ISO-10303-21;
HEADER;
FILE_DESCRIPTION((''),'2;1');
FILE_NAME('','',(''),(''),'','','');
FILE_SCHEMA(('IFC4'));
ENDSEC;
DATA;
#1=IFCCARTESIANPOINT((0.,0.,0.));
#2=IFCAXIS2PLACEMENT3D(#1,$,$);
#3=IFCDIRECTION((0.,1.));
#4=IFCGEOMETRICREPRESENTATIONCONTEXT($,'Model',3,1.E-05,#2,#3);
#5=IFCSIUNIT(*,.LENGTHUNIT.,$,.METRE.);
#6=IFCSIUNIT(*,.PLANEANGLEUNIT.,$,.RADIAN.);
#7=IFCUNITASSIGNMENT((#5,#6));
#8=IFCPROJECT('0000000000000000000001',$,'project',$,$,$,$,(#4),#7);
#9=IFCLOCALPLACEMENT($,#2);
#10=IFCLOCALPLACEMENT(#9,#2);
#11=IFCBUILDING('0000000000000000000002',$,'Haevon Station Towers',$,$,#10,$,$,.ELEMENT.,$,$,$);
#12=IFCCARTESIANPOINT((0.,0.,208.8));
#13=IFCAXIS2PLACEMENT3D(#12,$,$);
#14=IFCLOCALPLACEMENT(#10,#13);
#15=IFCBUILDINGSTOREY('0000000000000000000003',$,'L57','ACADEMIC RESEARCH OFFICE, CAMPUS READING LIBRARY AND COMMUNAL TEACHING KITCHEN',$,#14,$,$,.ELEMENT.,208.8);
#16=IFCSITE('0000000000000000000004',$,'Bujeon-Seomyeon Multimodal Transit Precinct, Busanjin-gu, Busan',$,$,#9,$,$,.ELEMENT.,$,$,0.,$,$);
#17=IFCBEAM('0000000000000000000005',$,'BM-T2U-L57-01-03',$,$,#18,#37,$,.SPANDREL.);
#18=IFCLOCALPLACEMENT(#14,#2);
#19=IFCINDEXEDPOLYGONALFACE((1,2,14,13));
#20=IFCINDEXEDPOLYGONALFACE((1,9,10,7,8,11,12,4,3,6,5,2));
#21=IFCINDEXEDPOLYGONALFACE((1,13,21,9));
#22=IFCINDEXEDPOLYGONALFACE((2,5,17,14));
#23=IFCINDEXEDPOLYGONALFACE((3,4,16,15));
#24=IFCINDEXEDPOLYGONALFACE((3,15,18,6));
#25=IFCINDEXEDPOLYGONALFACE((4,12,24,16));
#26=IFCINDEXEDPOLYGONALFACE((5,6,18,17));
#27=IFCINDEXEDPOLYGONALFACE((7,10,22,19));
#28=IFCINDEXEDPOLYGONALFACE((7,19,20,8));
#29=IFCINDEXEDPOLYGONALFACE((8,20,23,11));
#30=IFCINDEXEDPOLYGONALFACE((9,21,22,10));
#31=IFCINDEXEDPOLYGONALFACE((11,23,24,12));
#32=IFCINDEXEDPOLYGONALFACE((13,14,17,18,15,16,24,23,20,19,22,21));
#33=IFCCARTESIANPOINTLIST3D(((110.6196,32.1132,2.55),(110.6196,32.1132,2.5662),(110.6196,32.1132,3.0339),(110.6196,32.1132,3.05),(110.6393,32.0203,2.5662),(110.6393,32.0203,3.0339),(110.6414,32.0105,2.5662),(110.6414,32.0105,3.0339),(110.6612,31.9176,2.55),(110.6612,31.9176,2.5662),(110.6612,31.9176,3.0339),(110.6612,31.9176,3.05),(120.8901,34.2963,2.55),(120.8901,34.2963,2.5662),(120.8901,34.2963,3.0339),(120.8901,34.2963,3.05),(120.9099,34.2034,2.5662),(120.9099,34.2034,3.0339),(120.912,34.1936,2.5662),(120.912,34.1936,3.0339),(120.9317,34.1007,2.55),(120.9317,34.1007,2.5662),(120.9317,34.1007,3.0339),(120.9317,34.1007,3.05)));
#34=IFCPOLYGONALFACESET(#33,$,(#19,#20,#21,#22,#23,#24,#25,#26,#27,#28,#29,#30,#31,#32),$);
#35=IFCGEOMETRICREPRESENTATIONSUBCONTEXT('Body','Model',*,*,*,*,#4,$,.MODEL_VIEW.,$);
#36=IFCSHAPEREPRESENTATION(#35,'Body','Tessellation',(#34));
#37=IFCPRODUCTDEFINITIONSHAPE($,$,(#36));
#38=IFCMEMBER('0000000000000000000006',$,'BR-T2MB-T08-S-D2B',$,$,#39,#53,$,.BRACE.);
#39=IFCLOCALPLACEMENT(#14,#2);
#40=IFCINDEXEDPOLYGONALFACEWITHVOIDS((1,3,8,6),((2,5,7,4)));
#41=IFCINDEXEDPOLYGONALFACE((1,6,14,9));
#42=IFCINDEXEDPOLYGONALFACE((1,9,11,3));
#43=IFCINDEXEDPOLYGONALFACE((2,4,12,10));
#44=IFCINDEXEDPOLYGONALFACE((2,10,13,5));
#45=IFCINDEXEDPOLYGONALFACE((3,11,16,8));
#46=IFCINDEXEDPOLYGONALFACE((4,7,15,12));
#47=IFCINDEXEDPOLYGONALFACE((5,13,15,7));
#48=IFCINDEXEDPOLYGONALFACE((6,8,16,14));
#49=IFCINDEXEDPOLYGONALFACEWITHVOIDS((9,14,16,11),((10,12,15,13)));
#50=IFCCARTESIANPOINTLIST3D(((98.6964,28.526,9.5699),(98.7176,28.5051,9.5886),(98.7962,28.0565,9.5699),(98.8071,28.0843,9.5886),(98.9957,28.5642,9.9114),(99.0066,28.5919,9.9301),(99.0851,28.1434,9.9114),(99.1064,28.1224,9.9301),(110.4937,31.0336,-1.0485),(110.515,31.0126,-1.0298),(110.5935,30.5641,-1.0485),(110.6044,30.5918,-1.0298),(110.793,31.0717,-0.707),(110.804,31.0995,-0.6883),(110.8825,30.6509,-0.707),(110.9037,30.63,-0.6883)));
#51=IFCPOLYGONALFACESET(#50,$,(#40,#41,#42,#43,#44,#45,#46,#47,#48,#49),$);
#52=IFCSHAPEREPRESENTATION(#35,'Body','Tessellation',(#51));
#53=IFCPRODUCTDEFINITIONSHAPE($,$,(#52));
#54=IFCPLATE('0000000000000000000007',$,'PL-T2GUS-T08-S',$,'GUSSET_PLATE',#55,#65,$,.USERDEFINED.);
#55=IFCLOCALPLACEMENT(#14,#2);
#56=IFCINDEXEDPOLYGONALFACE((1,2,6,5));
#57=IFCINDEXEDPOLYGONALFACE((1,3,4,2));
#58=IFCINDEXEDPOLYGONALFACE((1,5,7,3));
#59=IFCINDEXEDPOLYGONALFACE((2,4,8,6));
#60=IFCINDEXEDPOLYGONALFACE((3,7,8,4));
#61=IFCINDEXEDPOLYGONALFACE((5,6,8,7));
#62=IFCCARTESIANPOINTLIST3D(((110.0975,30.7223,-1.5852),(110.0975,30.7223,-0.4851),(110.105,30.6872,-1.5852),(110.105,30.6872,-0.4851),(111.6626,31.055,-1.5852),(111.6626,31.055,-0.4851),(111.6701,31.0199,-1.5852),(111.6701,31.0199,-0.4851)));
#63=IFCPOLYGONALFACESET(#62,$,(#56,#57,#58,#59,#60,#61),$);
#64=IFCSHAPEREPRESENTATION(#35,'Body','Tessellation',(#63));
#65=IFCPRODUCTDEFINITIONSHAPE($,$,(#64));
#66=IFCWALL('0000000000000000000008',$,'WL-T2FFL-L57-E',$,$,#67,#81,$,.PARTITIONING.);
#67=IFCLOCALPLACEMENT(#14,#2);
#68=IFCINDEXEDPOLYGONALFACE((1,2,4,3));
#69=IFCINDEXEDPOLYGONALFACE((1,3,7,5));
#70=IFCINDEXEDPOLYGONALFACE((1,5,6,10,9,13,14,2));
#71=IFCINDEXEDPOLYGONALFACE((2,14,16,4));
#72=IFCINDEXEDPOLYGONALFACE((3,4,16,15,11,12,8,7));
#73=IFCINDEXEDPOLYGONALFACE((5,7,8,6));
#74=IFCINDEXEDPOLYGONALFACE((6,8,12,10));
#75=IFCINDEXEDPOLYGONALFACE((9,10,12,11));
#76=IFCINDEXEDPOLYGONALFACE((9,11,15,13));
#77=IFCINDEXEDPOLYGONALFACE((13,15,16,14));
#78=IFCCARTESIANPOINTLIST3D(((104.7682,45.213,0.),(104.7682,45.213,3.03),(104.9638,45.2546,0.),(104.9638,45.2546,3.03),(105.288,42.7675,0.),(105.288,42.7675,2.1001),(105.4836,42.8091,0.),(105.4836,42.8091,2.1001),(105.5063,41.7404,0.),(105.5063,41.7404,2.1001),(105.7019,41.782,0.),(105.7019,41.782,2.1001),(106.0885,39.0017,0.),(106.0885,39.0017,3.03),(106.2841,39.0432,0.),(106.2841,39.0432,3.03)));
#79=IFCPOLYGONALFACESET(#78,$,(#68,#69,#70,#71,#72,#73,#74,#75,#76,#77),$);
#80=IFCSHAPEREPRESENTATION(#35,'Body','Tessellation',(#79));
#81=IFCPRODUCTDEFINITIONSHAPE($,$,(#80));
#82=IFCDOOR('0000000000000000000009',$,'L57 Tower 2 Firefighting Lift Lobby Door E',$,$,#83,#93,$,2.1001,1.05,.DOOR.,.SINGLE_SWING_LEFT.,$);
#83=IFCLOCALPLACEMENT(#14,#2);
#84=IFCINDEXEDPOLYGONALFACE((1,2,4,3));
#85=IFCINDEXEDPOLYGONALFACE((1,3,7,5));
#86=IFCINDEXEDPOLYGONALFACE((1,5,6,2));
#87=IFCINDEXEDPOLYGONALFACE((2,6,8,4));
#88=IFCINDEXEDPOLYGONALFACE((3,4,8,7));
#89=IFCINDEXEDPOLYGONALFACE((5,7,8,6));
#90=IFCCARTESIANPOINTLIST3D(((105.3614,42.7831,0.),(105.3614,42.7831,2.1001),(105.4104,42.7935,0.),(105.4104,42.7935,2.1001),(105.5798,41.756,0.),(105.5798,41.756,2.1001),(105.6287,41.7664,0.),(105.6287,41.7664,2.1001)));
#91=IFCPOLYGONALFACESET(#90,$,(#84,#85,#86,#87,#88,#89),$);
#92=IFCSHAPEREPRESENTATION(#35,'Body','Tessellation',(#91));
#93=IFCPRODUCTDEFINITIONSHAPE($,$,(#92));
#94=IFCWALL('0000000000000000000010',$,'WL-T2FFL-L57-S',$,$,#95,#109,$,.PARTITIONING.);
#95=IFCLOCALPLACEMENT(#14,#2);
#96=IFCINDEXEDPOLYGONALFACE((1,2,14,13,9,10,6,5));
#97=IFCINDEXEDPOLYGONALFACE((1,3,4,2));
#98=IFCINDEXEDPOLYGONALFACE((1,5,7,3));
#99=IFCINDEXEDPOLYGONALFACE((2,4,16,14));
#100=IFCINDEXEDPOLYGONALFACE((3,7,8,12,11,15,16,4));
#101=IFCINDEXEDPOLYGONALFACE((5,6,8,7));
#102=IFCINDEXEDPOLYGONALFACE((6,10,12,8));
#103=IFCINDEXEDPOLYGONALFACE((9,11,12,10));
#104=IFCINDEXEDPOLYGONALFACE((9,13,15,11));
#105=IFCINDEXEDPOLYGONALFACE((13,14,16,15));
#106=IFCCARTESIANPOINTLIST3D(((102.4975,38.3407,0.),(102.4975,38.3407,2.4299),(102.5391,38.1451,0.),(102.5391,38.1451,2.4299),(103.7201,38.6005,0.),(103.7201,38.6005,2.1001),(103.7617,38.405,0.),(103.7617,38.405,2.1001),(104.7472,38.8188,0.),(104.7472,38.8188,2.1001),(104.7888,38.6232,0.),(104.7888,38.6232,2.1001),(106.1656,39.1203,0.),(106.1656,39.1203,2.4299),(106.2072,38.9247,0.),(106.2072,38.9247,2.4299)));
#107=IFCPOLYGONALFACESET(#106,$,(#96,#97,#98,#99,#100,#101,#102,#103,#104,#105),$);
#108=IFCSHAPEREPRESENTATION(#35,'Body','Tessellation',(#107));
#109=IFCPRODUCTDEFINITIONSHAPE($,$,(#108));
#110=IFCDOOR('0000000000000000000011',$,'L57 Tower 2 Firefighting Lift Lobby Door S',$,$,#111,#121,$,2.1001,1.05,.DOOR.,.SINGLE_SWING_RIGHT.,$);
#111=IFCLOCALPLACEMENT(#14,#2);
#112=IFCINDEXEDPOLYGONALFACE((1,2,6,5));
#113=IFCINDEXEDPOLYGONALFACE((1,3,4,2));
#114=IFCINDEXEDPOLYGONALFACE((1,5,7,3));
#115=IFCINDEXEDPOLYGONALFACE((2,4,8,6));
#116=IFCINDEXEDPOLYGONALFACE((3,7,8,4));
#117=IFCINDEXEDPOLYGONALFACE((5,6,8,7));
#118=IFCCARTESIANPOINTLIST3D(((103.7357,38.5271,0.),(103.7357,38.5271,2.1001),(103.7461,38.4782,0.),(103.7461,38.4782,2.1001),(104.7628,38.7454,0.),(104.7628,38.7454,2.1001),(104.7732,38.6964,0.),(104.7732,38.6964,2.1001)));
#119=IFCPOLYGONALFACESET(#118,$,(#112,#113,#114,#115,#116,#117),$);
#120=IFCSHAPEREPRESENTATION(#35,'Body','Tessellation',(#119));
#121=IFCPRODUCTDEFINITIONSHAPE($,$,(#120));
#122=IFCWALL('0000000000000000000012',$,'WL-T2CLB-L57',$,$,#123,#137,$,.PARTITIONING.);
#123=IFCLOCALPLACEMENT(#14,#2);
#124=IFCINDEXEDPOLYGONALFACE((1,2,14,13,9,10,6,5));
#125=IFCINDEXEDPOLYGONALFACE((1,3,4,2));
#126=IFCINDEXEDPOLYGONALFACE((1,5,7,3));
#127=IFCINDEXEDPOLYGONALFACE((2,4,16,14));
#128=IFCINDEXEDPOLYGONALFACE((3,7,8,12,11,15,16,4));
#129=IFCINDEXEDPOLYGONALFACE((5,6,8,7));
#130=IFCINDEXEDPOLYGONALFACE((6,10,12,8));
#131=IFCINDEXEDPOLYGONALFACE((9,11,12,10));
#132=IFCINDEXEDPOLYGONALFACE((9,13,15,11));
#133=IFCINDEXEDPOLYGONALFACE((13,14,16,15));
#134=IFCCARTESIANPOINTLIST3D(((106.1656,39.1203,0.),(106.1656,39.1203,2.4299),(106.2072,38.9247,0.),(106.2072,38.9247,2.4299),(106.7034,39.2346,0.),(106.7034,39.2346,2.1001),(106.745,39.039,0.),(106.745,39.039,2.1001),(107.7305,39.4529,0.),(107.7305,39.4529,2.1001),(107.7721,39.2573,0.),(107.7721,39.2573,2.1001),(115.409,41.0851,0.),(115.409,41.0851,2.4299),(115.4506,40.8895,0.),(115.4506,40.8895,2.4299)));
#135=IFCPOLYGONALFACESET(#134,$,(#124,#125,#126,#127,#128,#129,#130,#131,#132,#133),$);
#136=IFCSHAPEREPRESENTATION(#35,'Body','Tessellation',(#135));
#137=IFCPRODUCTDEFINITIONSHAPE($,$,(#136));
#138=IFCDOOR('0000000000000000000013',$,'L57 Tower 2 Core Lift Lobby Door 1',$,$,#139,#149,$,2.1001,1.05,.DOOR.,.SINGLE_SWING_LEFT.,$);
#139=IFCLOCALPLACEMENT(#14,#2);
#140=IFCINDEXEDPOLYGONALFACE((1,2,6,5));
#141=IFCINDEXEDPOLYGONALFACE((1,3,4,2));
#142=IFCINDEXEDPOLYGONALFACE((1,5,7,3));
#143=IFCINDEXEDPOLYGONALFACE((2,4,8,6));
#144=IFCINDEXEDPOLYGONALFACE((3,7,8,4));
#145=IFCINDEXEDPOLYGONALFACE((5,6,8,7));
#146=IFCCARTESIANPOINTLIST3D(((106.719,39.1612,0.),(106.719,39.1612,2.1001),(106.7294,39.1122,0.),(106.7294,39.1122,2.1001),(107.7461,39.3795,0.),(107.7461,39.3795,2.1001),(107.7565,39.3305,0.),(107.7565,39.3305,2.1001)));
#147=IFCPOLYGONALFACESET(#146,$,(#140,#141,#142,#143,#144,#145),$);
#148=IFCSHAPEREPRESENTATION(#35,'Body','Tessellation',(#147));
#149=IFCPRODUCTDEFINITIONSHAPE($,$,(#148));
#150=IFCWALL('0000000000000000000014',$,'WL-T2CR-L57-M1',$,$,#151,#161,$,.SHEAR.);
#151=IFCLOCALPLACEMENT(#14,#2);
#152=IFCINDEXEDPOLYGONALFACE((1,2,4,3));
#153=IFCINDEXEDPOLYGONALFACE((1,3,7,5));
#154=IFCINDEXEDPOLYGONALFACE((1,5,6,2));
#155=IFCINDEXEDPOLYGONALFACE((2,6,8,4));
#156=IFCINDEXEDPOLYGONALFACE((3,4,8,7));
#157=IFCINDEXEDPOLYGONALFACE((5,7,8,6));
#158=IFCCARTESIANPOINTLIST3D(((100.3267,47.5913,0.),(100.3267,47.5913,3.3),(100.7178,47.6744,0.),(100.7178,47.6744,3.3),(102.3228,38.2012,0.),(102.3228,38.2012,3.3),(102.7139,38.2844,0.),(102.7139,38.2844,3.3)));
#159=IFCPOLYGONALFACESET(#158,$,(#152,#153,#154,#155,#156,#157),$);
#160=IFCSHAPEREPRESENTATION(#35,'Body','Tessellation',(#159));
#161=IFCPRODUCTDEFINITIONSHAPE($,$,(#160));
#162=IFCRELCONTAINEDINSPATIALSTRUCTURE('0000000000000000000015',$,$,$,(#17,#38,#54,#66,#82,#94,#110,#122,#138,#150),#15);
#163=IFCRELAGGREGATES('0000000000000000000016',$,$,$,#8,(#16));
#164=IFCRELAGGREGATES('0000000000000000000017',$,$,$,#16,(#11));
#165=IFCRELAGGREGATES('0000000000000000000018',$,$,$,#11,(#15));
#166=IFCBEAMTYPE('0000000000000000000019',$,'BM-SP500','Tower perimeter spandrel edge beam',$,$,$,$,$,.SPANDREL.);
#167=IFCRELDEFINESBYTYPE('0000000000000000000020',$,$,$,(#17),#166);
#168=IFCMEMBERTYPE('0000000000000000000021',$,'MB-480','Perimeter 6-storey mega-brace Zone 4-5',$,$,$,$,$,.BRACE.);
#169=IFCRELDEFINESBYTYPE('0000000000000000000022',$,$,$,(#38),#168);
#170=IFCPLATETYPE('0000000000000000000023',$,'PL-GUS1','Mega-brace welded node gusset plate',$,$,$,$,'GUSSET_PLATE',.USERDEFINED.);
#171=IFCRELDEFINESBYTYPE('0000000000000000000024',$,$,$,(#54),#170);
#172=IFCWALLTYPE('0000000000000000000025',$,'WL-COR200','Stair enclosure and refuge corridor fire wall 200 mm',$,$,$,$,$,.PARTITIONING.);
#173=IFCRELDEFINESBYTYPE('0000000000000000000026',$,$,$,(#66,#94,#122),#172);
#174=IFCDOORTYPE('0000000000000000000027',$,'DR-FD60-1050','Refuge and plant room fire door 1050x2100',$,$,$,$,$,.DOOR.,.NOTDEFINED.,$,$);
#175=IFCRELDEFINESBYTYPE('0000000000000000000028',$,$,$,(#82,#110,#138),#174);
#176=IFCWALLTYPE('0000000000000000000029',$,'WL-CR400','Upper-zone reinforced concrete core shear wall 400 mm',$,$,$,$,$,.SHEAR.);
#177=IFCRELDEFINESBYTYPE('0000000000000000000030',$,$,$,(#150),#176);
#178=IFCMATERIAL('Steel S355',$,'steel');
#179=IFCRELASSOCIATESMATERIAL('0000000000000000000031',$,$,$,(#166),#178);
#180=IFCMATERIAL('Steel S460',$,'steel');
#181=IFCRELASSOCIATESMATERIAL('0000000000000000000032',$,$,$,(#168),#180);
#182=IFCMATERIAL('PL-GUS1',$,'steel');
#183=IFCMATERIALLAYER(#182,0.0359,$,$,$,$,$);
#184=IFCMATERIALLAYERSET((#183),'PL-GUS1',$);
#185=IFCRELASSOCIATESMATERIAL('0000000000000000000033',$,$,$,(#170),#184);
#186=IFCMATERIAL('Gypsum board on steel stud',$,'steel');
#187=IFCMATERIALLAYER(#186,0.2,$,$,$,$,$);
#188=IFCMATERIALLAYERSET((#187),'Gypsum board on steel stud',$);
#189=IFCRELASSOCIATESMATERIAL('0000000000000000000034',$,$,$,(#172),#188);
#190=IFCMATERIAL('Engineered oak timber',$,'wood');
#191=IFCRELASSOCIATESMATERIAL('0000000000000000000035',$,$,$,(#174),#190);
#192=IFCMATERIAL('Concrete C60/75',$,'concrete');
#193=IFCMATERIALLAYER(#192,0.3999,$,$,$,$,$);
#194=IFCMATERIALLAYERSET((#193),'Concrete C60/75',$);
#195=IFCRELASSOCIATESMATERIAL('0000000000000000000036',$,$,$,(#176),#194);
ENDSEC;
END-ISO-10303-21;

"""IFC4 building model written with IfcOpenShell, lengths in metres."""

from ifc_helpers import new_model, si_unit, direction, frame, frame_2d, origin, origin_2d, place, context, subcontext, project, spatial, rectangle, hollow_rectangle, i_section, extrude, material, layer, layer_set, material_profile, profile_set, type_object, element, fill, save


model = new_model("IFC4")

# Units and contexts
model_context = context("Model", 3, precision=1e-05, world=origin(), true_north=direction((0.0, 1.0)))
body_context = subcontext(model_context, "Body", "Model", "MODEL_VIEW")
ifc_project = project(units=[si_unit("LENGTHUNIT", "METRE"), si_unit("PLANEANGLEUNIT", "RADIAN")], contexts=[model_context])

# Site, building, storey
site_placement = place(None, origin())
site = spatial("IfcSite", under=ifc_project, at=site_placement, Name="Bujeon-Seomyeon Multimodal Transit Precinct, Busanjin-gu, Busan", CompositionType="ELEMENT", RefElevation=0.0)
building_placement = place(site_placement, origin())
building = spatial("IfcBuilding", under=site, at=building_placement, Name="Haevon Station Towers", CompositionType="ELEMENT")
storey_placement = place(building_placement, frame((0.0, 0.0, 208.8)))
storey = spatial("IfcBuildingStorey", under=building, at=storey_placement, Name="L57", Description="ACADEMIC RESEARCH OFFICE, CAMPUS READING LIBRARY AND COMMUNAL TEACHING KITCHEN", CompositionType="ELEMENT", Elevation=208.8)

# Shared definitions
ifc_material_1 = material(Name="Steel S355", Category="steel")

# Beam
ifc_material_profile_1 = material_profile(ifc_material_1, i_section(OverallWidth=0.2, OverallDepth=0.5, WebThickness=0.01, FlangeThickness=0.0161, at=origin_2d()), Name="H-500x200x10x16")
ifc_profile_set_1 = profile_set([ifc_material_profile_1], Name="Steel S355")
beam_type_1 = type_object("IfcBeamType", Name="BM-SP500", Description="Tower perimeter spandrel edge beam", PredefinedType="SPANDREL", material=ifc_profile_set_1)
beam_1_placement = place(storey_placement, frame((110.6404, 32.0154, 2.8), z_axis=(0.978147, 0.207915, 0.0), x_axis=(-0.207915, 0.978147, 0.0)))
element("IfcBeam", 1, at=beam_1_placement, inside=storey, type_object=beam_type_1, Name="BM-T2U-L57-01-03", PredefinedType="SPANDREL", context=body_context, shape_type="SweptSolid", body=[
    extrude(i_section(OverallWidth=0.2, OverallDepth=0.5, WebThickness=0.01, FlangeThickness=0.0161, at=origin_2d()), origin(), (0.0, 0.0, 1.0), 10.5),
])

# Member
ifc_material_2 = material(Name="Steel S460", Category="steel")
ifc_material_profile_2 = material_profile(ifc_material_2, hollow_rectangle(XDim=0.48, YDim=0.48, WallThickness=0.0249, at=origin_2d()), Name="RHS-480x480x25")
ifc_profile_set_2 = profile_set([ifc_material_profile_2], Name="Steel S460")
member_type = type_object("IfcMemberType", Name="MB-480", Description="Perimeter 6-storey mega-brace Zone 4-5", PredefinedType="BRACE", material=ifc_profile_set_2)
member_placement = place(storey_placement, frame((110.6987, 30.8318, -0.8684), z_axis=(-0.734164, -0.156049, 0.660796), x_axis=(0.207909, -0.978148, 0.0)))
element("IfcMember", 2, at=member_placement, inside=storey, type_object=member_type, Name="BR-T2MB-T08-S-D2B", PredefinedType="BRACE", context=body_context, shape_type="SweptSolid", body=[
    extrude(hollow_rectangle(XDim=0.48, YDim=0.48, WallThickness=0.0249, at=origin_2d()), origin(), (0.0, 0.0, 1.0), 16.0691),
])

# Plate
ifc_material_3 = material(Name="PL-GUS1", Category="steel")
ifc_layer_1 = layer(ifc_material_3, 0.0359)
ifc_layer_set_1 = layer_set([ifc_layer_1], Name="PL-GUS1")
plate_type = type_object("IfcPlateType", Name="PL-GUS1", Description="Mega-brace welded node gusset plate", ElementType="GUSSET_PLATE", PredefinedType="USERDEFINED", material=ifc_layer_set_1)
plate_placement = place(storey_placement, frame((110.8838, 30.8711, -1.5852), z_axis=(0.0, 0.0, 1.0), x_axis=(0.978148, 0.207912, 0.0)))
element("IfcPlate", 3, at=plate_placement, inside=storey, type_object=plate_type, Name="PL-T2GUS-T08-S", ObjectType="GUSSET_PLATE", PredefinedType="USERDEFINED", context=body_context, shape_type="SweptSolid", body=[
    extrude(rectangle(XDim=1.6001, YDim=0.0359, at=origin_2d()), origin(), (0.0, 0.0, 1.0), 1.1001),
])

# Walls, openings, doors
ifc_material_4 = material(Name="Gypsum board on steel stud", Category="steel")
ifc_layer_2 = layer(ifc_material_4, 0.2)
ifc_layer_set_2 = layer_set([ifc_layer_2], Name="Gypsum board on steel stud")
wall_type_1 = type_object("IfcWallType", Name="WL-COR200", Description="Stair enclosure and refuge corridor fire wall 200 mm", PredefinedType="PARTITIONING", material=ifc_layer_set_2)
wall_1_placement = place(storey_placement, frame((106.1863, 39.0225, 0.0), z_axis=(0.0, 0.0, 1.0), x_axis=(-0.207917, 0.978147, 0.0)))
wall_1 = element("IfcWall", 4, at=wall_1_placement, inside=storey, type_object=wall_type_1, Name="WL-T2FFL-L57-E", PredefinedType="PARTITIONING", context=body_context, shape_type="SweptSolid", body=[
    extrude(rectangle(XDim=6.3501, YDim=0.2, at=frame_2d((3.175, 0.0))), origin(), (0.0, 0.0, 1.0), 3.03),
])
opening_1_placement = place(wall_1_placement, frame((2.8, 0.0, 0.0)))
opening_1 = element("IfcOpeningElement", 5, at=opening_1_placement, cuts=wall_1, PredefinedType="OPENING", context=body_context, shape_type="SweptSolid", body=[
    extrude(rectangle(XDim=1.05, YDim=2.1001, at=frame_2d((0.5249, 1.05))), frame((0.0, 0.1099, 0.0), z_axis=(0.0, -1.0, 0.0), x_axis=(1.0, 0.0, 0.0)), (0.0, 0.0, 1.0), 0.22),
])
ifc_material_5 = material(Name="Engineered oak timber", Category="wood")
door_type = type_object("IfcDoorType", Name="DR-FD60-1050", Description="Refuge and plant room fire door 1050x2100", OperationType="NOTDEFINED", PredefinedType="DOOR", material=ifc_material_5)
door_1_placement = place(opening_1_placement, origin())
door_1 = element("IfcDoor", 6, at=door_1_placement, inside=storey, type_object=door_type, Name="L57 Tower 2 Firefighting Lift Lobby Door E", OperationType="SINGLE_SWING_LEFT", OverallHeight=2.1001, OverallWidth=1.05, PredefinedType="DOOR", context=body_context, shape_type="SweptSolid", body=[
    extrude(rectangle(XDim=1.05, YDim=2.1001, at=frame_2d((0.5249, 1.05))), frame((0.0, 0.0249, 0.0), z_axis=(0.0, -1.0, 0.0), x_axis=(1.0, 0.0, 0.0)), (0.0, 0.0, 1.0), 0.05),
])
fill(opening_1, door_1)
wall_2_placement = place(storey_placement, frame((102.5183, 38.2429, 0.0), z_axis=(0.0, 0.0, 1.0), x_axis=(0.978154, 0.207884, 0.0)))
wall_2 = element("IfcWall", 7, at=wall_2_placement, inside=storey, type_object=wall_type_1, Name="WL-T2FFL-L57-S", PredefinedType="PARTITIONING", context=body_context, shape_type="SweptSolid", body=[
    extrude(rectangle(XDim=3.75, YDim=0.2, at=frame_2d((1.875, 0.0))), origin(), (0.0, 0.0, 1.0), 2.4299),
])
opening_2_placement = place(wall_2_placement, frame((1.25, 0.0, 0.0)))
opening_2 = element("IfcOpeningElement", 8, at=opening_2_placement, cuts=wall_2, PredefinedType="OPENING", context=body_context, shape_type="SweptSolid", body=[
    extrude(rectangle(XDim=1.05, YDim=2.1001, at=frame_2d((0.5249, 1.05))), frame((0.0, 0.1099, 0.0), z_axis=(0.0, -1.0, 0.0), x_axis=(1.0, 0.0, 0.0)), (0.0, 0.0, 1.0), 0.22),
])
door_2_placement = place(opening_2_placement, origin())
door_2 = element("IfcDoor", 9, at=door_2_placement, inside=storey, type_object=door_type, Name="L57 Tower 2 Firefighting Lift Lobby Door S", OperationType="SINGLE_SWING_RIGHT", OverallHeight=2.1001, OverallWidth=1.05, PredefinedType="DOOR", context=body_context, shape_type="SweptSolid", body=[
    extrude(rectangle(XDim=1.05, YDim=2.1001, at=frame_2d((0.5249, 1.05))), frame((0.0, 0.0249, 0.0), z_axis=(0.0, -1.0, 0.0), x_axis=(1.0, 0.0, 0.0)), (0.0, 0.0, 1.0), 0.05),
])
fill(opening_2, door_2)
wall_3_placement = place(storey_placement, frame((106.1863, 39.0225, 0.0), z_axis=(0.0, 0.0, 1.0), x_axis=(0.978146, 0.207921, 0.0)))
wall_3 = element("IfcWall", 10, at=wall_3_placement, inside=storey, type_object=wall_type_1, Name="WL-T2CLB-L57", PredefinedType="PARTITIONING", context=body_context, shape_type="SweptSolid", body=[
    extrude(rectangle(XDim=9.45, YDim=0.2, at=frame_2d((4.7251, 0.0))), origin(), (0.0, 0.0, 1.0), 2.4299),
])
opening_3_placement = place(wall_3_placement, frame((0.55, 0.0, 0.0)))
opening_3 = element("IfcOpeningElement", 11, at=opening_3_placement, cuts=wall_3, PredefinedType="OPENING", context=body_context, shape_type="SweptSolid", body=[
    extrude(rectangle(XDim=1.05, YDim=2.1001, at=frame_2d((0.5249, 1.05))), frame((0.0, 0.1099, 0.0), z_axis=(0.0, -1.0, 0.0), x_axis=(1.0, 0.0, 0.0)), (0.0, 0.0, 1.0), 0.22),
])
door_3_placement = place(opening_3_placement, origin())
door_3 = element("IfcDoor", 12, at=door_3_placement, inside=storey, type_object=door_type, Name="L57 Tower 2 Core Lift Lobby Door 1", OperationType="SINGLE_SWING_LEFT", OverallHeight=2.1001, OverallWidth=1.05, PredefinedType="DOOR", context=body_context, shape_type="SweptSolid", body=[
    extrude(rectangle(XDim=1.05, YDim=2.1001, at=frame_2d((0.5249, 1.05))), frame((0.0, 0.0249, 0.0), z_axis=(0.0, -1.0, 0.0), x_axis=(1.0, 0.0, 0.0)), (0.0, 0.0, 1.0), 0.05),
])
fill(opening_3, door_3)

# Wall
ifc_material_6 = material(Name="Concrete C60/75", Category="concrete")
ifc_layer_3 = layer(ifc_material_6, 0.3999)
ifc_layer_set_3 = layer_set([ifc_layer_3], Name="Concrete C60/75")
wall_type_2 = type_object("IfcWallType", Name="WL-CR400", Description="Upper-zone reinforced concrete core shear wall 400 mm", PredefinedType="SHEAR", material=ifc_layer_set_3)
wall_4_placement = place(storey_placement, frame((102.5183, 38.2429, 0.0), z_axis=(0.0, 0.0, 1.0), x_axis=(-0.207927, 0.978144, 0.0)))
element("IfcWall", 13, at=wall_4_placement, inside=storey, type_object=wall_type_2, Name="WL-T2CR-L57-M1", PredefinedType="SHEAR", context=body_context, shape_type="SweptSolid", body=[
    extrude(rectangle(XDim=9.5999, YDim=0.3999, at=frame_2d((4.7998, 0.0))), origin(), (0.0, 0.0, 1.0), 3.3),
])

save(model, "model.ifc")
